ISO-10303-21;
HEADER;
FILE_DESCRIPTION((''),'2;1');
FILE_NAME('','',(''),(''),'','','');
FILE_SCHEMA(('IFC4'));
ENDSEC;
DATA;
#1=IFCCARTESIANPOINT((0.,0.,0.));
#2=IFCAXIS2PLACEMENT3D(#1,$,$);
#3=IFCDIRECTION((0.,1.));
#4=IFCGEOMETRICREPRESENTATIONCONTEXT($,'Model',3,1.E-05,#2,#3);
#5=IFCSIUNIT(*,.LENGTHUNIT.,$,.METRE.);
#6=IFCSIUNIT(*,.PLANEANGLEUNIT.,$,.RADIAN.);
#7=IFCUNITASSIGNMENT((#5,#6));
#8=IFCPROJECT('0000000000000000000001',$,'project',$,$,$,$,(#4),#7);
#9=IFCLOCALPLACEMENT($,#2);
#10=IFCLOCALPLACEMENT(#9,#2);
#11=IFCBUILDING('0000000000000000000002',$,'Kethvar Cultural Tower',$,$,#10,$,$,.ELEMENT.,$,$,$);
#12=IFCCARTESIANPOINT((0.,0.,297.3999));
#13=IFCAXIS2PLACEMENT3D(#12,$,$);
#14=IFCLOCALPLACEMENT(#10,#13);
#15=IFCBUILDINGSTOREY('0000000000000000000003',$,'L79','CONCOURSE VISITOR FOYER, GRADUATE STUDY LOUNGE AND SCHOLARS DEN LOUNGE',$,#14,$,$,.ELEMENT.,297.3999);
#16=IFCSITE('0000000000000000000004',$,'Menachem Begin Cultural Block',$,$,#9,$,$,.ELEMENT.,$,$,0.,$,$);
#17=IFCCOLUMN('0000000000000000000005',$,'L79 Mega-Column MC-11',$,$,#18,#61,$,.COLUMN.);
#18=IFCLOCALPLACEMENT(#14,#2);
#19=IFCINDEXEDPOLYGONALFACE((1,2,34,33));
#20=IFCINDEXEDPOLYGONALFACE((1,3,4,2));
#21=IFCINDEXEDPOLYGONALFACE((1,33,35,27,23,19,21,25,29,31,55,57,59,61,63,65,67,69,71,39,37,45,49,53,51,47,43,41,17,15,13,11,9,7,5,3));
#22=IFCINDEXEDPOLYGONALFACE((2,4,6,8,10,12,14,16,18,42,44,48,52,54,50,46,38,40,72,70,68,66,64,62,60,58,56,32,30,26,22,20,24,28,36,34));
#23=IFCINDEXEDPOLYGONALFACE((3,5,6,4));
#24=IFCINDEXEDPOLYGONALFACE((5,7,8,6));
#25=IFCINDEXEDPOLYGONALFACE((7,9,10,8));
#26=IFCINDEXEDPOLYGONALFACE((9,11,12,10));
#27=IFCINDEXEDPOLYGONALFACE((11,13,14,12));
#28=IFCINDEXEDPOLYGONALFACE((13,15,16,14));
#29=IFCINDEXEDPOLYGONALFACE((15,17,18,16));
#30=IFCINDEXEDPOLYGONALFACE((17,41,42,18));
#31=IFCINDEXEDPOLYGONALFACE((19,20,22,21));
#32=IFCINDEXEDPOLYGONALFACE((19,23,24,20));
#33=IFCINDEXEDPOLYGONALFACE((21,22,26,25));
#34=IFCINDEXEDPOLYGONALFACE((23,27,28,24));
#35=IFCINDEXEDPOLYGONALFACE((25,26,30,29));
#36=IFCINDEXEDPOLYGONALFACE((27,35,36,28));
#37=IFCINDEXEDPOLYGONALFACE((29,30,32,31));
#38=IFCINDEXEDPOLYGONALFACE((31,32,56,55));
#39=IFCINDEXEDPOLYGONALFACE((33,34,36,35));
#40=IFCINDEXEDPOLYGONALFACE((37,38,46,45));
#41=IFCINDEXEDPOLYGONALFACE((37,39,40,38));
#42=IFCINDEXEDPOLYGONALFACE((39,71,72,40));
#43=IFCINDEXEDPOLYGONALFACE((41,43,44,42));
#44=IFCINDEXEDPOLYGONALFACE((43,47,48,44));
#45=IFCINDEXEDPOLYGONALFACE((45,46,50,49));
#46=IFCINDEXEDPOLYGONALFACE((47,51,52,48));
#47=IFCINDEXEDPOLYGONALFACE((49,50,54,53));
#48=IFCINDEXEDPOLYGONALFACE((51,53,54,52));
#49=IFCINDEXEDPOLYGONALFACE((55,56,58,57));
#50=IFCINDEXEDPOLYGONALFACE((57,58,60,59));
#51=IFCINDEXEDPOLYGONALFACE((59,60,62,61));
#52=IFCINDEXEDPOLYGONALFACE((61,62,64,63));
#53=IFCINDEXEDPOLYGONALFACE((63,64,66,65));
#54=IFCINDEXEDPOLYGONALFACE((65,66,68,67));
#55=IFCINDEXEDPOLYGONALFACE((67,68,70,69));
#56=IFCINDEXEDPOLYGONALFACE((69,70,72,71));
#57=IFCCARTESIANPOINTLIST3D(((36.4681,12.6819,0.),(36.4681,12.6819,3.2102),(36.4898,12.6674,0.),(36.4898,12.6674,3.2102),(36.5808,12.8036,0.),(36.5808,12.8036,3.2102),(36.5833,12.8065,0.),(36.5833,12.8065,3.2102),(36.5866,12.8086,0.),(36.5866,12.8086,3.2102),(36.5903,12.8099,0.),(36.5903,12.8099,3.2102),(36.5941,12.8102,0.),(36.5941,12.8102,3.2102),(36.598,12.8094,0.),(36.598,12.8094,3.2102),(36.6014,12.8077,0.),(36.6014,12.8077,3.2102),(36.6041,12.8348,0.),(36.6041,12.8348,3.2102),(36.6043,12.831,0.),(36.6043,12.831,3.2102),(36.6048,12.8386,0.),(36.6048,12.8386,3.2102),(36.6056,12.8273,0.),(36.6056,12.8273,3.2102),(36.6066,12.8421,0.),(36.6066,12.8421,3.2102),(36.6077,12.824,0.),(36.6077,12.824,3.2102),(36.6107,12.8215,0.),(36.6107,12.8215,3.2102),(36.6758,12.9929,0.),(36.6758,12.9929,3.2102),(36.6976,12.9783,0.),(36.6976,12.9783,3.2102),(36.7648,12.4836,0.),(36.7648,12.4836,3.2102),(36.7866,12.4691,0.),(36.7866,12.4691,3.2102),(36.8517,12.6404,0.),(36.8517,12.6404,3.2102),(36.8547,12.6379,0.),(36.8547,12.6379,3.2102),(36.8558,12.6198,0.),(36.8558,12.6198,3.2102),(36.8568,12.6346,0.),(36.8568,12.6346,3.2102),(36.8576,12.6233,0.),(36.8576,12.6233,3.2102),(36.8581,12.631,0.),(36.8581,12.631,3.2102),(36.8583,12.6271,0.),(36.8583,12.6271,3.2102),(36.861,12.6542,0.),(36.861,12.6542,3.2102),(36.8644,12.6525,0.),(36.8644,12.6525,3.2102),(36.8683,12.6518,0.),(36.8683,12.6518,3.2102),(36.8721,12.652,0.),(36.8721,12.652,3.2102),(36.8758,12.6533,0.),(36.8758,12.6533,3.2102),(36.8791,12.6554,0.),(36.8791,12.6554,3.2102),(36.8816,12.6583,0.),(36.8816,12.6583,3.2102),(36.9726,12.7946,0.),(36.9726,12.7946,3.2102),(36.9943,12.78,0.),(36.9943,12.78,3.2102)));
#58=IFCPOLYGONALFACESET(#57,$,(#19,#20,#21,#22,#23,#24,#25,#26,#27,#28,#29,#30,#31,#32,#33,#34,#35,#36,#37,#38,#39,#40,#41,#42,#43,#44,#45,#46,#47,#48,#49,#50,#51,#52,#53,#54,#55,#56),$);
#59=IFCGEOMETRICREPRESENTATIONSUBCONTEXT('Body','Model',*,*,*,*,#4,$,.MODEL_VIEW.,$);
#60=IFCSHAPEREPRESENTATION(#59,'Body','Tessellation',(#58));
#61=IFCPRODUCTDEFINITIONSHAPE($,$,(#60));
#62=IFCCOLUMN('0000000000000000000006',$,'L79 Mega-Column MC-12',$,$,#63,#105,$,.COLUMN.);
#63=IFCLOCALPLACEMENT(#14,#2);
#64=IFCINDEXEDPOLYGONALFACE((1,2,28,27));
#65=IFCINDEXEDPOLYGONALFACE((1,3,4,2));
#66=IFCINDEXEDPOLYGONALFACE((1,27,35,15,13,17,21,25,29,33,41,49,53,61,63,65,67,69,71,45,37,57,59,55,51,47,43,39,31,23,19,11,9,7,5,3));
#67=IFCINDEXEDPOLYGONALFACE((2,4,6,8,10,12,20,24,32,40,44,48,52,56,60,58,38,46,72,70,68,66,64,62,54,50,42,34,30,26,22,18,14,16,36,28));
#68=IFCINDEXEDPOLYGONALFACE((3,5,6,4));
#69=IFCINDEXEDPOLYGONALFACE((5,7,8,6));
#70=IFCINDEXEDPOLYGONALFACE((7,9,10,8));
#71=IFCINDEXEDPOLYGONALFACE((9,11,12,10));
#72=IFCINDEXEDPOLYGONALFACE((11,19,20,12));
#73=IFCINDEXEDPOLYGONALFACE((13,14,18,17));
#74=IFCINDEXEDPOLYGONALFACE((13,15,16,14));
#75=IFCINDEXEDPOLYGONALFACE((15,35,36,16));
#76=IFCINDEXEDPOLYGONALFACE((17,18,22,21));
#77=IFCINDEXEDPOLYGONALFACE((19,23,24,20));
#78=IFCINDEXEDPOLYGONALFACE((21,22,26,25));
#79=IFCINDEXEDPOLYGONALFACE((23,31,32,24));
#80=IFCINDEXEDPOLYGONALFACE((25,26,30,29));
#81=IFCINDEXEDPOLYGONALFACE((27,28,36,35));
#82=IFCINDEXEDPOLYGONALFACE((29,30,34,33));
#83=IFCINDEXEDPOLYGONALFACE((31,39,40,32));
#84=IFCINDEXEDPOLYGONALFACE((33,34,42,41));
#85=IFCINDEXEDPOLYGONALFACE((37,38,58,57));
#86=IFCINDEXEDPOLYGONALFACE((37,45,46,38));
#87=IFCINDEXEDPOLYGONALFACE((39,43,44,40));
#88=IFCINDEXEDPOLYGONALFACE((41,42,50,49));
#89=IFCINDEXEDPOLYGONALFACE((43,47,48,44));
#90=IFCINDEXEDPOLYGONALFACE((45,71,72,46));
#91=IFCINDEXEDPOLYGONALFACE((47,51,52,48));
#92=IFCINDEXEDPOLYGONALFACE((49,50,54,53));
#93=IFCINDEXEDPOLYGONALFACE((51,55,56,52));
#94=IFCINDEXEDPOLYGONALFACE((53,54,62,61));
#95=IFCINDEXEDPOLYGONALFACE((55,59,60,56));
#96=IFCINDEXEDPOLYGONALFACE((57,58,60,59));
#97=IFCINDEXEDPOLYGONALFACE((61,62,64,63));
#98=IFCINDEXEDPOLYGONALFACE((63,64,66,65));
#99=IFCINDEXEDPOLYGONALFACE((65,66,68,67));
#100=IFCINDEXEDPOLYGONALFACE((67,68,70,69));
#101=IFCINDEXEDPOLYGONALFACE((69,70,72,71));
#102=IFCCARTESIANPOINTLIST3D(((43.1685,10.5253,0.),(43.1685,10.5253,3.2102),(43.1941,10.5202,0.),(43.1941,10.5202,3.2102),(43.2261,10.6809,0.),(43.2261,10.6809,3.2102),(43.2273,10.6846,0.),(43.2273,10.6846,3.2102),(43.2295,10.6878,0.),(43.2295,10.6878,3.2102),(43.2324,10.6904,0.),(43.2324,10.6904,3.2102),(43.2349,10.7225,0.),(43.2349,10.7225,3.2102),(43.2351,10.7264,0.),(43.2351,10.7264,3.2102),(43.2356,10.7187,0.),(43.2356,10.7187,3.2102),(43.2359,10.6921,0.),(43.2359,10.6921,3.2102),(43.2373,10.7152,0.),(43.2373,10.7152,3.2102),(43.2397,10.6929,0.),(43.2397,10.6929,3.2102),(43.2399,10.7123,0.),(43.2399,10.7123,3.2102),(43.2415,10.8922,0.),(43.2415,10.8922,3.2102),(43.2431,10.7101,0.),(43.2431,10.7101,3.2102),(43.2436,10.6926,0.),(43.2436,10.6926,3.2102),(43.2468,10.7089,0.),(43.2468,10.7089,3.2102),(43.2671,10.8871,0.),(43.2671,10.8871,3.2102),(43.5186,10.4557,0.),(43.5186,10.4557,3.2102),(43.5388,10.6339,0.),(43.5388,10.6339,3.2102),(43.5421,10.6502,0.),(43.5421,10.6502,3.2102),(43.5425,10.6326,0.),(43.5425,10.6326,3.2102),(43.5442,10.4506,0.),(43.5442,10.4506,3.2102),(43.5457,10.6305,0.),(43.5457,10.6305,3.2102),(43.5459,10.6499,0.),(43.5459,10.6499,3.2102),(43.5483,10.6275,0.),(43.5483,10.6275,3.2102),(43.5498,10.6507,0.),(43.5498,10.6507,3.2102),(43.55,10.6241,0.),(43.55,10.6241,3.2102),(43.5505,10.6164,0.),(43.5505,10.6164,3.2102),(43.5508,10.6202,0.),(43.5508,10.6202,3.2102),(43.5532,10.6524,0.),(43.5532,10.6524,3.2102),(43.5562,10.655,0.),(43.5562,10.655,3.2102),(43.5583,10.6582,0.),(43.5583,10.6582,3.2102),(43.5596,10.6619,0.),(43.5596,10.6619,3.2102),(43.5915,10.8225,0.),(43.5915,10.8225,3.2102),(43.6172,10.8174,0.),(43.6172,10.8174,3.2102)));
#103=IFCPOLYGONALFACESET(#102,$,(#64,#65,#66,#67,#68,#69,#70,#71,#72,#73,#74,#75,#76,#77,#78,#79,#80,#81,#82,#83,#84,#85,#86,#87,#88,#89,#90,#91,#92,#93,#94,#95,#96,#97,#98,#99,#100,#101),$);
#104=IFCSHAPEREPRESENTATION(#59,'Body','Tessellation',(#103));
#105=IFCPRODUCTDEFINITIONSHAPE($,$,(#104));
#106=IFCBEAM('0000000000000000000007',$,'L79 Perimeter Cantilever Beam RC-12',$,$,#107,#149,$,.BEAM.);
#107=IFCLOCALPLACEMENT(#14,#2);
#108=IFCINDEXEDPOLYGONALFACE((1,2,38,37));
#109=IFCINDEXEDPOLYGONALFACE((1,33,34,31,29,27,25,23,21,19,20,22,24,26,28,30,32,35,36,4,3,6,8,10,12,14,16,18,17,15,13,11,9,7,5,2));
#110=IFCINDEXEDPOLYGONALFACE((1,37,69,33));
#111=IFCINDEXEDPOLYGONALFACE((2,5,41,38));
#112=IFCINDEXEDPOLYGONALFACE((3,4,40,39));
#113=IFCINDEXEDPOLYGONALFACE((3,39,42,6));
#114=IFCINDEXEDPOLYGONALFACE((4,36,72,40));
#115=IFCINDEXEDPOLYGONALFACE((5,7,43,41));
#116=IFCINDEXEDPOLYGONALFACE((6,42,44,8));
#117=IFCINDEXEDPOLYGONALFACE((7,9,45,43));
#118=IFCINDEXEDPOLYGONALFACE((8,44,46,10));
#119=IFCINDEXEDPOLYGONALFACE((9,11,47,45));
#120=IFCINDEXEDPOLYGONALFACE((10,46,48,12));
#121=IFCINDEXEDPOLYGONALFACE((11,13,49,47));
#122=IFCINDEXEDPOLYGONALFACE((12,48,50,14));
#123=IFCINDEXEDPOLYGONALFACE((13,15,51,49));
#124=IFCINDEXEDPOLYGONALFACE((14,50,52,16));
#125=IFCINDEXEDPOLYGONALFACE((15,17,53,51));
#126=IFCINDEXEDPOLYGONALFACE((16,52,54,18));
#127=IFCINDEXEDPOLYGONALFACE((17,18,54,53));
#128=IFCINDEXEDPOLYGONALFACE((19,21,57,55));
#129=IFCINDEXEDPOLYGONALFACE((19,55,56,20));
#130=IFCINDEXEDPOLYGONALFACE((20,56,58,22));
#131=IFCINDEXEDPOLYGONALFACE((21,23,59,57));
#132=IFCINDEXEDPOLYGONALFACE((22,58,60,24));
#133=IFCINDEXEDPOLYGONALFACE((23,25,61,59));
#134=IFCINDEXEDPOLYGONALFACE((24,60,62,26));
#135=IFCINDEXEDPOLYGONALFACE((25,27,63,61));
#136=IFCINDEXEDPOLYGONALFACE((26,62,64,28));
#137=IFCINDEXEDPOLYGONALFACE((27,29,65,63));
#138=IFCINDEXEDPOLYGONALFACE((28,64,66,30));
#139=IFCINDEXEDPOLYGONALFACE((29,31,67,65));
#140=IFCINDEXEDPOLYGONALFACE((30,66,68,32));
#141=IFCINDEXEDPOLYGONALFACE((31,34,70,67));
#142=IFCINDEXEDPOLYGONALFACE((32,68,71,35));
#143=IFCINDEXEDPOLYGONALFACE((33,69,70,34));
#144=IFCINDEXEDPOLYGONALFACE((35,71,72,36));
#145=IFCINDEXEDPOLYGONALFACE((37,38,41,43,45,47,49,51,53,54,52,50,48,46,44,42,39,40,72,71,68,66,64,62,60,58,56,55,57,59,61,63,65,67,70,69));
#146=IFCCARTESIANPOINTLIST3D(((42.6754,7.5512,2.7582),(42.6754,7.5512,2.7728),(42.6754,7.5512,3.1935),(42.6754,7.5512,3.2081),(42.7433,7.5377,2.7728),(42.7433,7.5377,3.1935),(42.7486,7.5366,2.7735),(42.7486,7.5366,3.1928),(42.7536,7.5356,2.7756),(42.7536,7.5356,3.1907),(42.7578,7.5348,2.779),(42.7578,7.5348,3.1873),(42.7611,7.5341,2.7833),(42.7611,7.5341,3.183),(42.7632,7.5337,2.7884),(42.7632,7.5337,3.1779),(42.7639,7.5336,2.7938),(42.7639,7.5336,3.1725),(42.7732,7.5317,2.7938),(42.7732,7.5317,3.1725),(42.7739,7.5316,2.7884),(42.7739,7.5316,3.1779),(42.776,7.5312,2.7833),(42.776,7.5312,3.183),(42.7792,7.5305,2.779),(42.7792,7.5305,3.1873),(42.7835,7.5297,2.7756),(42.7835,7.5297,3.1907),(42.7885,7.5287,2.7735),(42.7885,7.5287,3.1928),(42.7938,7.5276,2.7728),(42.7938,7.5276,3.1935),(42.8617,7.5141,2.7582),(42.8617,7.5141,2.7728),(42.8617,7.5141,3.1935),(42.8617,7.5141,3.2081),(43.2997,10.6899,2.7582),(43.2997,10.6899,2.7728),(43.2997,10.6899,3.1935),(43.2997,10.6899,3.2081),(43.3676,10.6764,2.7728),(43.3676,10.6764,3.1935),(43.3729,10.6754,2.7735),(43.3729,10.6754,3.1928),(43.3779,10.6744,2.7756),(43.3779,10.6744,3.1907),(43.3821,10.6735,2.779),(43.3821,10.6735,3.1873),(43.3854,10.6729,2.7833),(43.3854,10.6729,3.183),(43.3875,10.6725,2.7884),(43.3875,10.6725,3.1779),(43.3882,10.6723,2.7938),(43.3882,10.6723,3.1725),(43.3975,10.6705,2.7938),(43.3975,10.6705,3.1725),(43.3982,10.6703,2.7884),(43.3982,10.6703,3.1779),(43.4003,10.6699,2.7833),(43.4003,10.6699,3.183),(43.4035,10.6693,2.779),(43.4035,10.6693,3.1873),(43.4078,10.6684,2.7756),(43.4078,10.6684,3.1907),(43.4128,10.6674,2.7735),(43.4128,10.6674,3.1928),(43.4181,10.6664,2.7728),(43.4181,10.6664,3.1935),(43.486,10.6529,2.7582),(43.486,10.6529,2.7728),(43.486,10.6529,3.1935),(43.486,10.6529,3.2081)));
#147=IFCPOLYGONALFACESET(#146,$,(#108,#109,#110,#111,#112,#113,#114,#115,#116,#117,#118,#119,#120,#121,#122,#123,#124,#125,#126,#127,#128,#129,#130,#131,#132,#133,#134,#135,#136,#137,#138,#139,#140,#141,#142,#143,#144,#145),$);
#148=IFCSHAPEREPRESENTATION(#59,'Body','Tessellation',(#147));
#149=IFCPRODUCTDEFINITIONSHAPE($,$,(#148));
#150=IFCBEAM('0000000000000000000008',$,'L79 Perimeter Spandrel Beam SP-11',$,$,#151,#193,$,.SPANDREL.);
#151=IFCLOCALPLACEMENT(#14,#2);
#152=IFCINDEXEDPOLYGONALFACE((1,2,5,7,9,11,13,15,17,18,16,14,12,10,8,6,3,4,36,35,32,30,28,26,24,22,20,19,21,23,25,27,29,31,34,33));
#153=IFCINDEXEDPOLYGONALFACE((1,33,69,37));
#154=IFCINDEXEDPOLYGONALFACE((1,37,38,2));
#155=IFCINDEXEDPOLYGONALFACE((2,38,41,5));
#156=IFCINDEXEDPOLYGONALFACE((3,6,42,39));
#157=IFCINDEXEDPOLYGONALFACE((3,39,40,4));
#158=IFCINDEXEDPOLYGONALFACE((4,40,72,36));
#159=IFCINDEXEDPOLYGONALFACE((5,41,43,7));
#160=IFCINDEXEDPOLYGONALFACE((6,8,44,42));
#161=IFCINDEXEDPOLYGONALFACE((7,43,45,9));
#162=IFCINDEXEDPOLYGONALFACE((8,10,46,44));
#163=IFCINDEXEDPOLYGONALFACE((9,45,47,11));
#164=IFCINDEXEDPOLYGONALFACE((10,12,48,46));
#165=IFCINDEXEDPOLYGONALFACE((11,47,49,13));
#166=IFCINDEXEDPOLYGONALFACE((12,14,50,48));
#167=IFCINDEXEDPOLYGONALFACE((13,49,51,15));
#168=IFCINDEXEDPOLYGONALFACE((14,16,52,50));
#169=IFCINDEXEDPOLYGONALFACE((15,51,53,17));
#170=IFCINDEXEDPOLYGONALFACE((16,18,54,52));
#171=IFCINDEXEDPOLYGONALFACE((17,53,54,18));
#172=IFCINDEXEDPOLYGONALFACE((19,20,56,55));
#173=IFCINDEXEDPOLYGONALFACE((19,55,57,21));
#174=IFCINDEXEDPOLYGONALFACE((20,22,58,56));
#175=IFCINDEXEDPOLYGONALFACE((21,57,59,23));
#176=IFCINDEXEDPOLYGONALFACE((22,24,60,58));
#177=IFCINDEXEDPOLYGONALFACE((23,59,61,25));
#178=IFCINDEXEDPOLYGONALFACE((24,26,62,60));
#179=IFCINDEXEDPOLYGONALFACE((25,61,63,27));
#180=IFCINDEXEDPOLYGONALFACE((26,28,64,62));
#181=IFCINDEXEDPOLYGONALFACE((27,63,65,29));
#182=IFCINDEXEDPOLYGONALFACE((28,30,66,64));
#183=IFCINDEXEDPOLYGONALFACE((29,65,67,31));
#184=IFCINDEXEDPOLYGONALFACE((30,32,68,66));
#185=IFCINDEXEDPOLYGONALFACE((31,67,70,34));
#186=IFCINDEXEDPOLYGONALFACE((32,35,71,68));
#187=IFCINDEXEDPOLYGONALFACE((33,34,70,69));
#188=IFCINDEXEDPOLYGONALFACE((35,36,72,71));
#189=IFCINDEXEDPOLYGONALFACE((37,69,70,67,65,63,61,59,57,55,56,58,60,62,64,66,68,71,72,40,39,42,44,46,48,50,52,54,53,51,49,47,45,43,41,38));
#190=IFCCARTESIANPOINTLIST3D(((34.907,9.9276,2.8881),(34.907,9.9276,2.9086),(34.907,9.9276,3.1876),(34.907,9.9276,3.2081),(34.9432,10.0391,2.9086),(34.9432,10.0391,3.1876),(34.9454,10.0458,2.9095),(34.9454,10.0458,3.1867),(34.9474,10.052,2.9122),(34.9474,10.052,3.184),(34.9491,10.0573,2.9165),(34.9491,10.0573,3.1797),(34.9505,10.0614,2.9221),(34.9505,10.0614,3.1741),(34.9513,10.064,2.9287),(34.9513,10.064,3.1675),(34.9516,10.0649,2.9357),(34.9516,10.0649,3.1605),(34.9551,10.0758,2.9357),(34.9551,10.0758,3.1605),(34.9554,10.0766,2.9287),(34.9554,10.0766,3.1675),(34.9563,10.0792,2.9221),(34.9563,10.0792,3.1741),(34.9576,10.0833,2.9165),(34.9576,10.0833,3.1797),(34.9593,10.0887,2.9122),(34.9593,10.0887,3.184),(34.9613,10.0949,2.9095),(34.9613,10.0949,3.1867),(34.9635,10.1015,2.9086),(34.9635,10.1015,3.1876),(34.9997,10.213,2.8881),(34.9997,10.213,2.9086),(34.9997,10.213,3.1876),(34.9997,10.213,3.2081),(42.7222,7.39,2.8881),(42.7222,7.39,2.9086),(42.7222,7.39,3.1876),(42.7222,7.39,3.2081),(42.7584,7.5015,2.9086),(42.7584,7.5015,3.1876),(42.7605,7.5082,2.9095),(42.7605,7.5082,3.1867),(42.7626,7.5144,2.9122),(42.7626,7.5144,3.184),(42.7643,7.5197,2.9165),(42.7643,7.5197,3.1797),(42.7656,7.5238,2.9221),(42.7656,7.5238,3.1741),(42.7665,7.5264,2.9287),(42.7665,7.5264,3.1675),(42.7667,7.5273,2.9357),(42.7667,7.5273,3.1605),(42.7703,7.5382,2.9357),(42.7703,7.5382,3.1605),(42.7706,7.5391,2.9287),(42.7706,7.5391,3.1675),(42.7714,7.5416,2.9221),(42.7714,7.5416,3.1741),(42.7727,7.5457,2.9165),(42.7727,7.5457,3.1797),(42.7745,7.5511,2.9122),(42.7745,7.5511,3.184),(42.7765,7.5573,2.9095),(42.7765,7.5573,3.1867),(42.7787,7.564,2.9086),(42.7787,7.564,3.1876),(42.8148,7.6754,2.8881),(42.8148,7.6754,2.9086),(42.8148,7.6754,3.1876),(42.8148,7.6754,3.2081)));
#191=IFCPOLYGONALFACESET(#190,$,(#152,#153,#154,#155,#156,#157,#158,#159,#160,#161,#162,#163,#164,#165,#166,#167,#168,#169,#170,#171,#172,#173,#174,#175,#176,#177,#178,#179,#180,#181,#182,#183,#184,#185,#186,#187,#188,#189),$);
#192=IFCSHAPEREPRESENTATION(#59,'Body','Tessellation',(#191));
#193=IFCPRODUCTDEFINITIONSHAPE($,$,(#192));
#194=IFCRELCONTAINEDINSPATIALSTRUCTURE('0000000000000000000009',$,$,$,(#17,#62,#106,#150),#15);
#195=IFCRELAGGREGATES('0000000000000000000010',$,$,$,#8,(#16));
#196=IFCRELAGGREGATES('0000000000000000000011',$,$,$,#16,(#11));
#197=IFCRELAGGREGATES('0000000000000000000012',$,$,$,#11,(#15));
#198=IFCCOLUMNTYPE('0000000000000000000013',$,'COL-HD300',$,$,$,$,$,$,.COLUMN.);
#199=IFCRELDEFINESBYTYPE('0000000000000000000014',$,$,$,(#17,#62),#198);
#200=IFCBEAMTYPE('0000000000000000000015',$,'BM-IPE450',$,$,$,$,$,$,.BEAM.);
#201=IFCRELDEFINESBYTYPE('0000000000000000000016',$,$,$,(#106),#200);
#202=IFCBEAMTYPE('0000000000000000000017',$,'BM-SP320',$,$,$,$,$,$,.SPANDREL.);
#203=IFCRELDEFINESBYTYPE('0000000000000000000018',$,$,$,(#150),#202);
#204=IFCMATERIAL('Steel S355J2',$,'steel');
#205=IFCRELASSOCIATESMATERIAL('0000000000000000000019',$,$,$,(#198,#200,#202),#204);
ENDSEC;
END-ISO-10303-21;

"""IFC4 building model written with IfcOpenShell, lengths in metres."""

from ifc_helpers import new_model, si_unit, direction, frame, origin, origin_2d, place, context, subcontext, project, spatial, i_section, extrude, source, transform, mapped, material, material_profile, profile_set, type_object, element, save


model = new_model("IFC4")

# Units and contexts
model_context = context("Model", 3, precision=1e-05, world=origin(), true_north=direction((0.0, 1.0)))
body_context = subcontext(model_context, "Body", "Model", "MODEL_VIEW")
ifc_project = project(units=[si_unit("LENGTHUNIT", "METRE"), si_unit("PLANEANGLEUNIT", "RADIAN")], contexts=[model_context])

# Site, building, storey
site_placement = place(None, origin())
site = spatial("IfcSite", under=ifc_project, at=site_placement, Name="Menachem Begin Cultural Block", CompositionType="ELEMENT", RefElevation=0.0)
building_placement = place(site_placement, origin())
building = spatial("IfcBuilding", under=site, at=building_placement, Name="Kethvar Cultural Tower", CompositionType="ELEMENT")
storey_placement = place(building_placement, frame((0.0, 0.0, 297.3999)))
storey = spatial("IfcBuildingStorey", under=building, at=storey_placement, Name="L79", Description="CONCOURSE VISITOR FOYER, GRADUATE STUDY LOUNGE AND SCHOLARS DEN LOUNGE", CompositionType="ELEMENT", Elevation=297.3999)

# Columns
ifc_material_1 = material(Name="Steel S355J2", Category="steel")
ifc_material_profile_1 = material_profile(ifc_material_1, i_section(OverallWidth=0.374, OverallDepth=0.3831, WebThickness=0.0166, FlangeThickness=0.0261, FilletRadius=0.0149, at=origin_2d()), Name="Steel S355J2 — HD360x300")
ifc_profile_set_1 = profile_set([ifc_material_profile_1], Name="Steel S355J2 — HD360x300")
column_type = type_object("IfcColumnType", Name="COL-HD300", PredefinedType="COLUMN", material=ifc_profile_set_1)
shared_shape_1 = source(origin(), body_context, "Body", "SweptSolid", [
    extrude(i_section(OverallWidth=0.374, OverallDepth=0.3831, WebThickness=0.0166, FlangeThickness=0.0261, FilletRadius=0.0149, at=origin_2d()), origin(), (0.0, 0.0, 1.0), 3.2102),
])
for number, where, z_axis, x_axis, name in (
    (1, (36.7312, 12.731, 0.0), (0.0, 0.0, 1.0), (-0.55557, -0.83147, 0.0), "L79 Mega-Column MC-11"),
    (2, (43.3928, 10.6714, 0.0), (0.0, 0.0, 1.0), (-0.19509, -0.980785, 0.0), "L79 Mega-Column MC-12"),
):
    element("IfcColumn", number, at=place(storey_placement, frame(where, z_axis=z_axis, x_axis=x_axis)), inside=storey, type_object=column_type, Name=name, PredefinedType="COLUMN", context=body_context, shape_type="MappedRepresentation", body=[
        mapped(shared_shape_1, transform((0.0, 0.0, 0.0), scale=1.0)),
    ])

# Beams
ifc_material_profile_2 = material_profile(ifc_material_1, i_section(OverallWidth=0.1899, OverallDepth=0.45, WebThickness=0.0095, FlangeThickness=0.0146, FilletRadius=0.021, at=origin_2d()), Name="Steel S355J2 — IPE450")
ifc_profile_set_2 = profile_set([ifc_material_profile_2], Name="Steel S355J2 — IPE450")
beam_type_1 = type_object("IfcBeamType", Name="BM-IPE450", PredefinedType="BEAM", material=ifc_profile_set_2)
shared_shape_2 = source(origin(), body_context, "Body", "SweptSolid", [
    extrude(i_section(OverallWidth=0.1899, OverallDepth=0.45, WebThickness=0.0095, FlangeThickness=0.0146, FilletRadius=0.021, at=origin_2d()), origin(), (0.0, 0.0, 1.0), 3.2002),
])
beam_1_placement = place(storey_placement, frame((43.3928, 10.6714, 2.9832), z_axis=(-0.195074, -0.980788, 0.0), x_axis=(0.980788, -0.195074, 0.0)))
element("IfcBeam", 3, at=beam_1_placement, inside=storey, type_object=beam_type_1, Name="L79 Perimeter Cantilever Beam RC-12", PredefinedType="BEAM", context=body_context, shape_type="MappedRepresentation", body=[
    mapped(shared_shape_2, transform((0.0, 0.0, 0.0), scale=1.0)),
])
ifc_material_profile_3 = material_profile(ifc_material_1, i_section(OverallWidth=0.3, OverallDepth=0.3201, WebThickness=0.0115, FlangeThickness=0.0205, FilletRadius=0.0271, at=origin_2d()), Name="Steel S355J2 — HEB320")
ifc_profile_set_3 = profile_set([ifc_material_profile_3], Name="Steel S355J2 — HEB320")
beam_type_2 = type_object("IfcBeamType", Name="BM-SP320", PredefinedType="SPANDREL", material=ifc_profile_set_3)
shared_shape_3 = source(origin(), body_context, "Body", "SweptSolid", [
    extrude(i_section(OverallWidth=0.3, OverallDepth=0.3201, WebThickness=0.0115, FlangeThickness=0.0205, FilletRadius=0.0271, at=origin_2d()), origin(), (0.0, 0.0, 1.0), 8.2168),
])
beam_2_placement = place(storey_placement, frame((34.9534, 10.0703, 3.0481), z_axis=(0.951118, -0.308829, 0.0), x_axis=(0.308829, 0.951118, 0.0)))
element("IfcBeam", 4, at=beam_2_placement, inside=storey, type_object=beam_type_2, Name="L79 Perimeter Spandrel Beam SP-11", PredefinedType="SPANDREL", context=body_context, shape_type="MappedRepresentation", body=[
    mapped(shared_shape_3, transform((0.0, 0.0, 0.0), scale=1.0)),
])

save(model, "model.ifc")
